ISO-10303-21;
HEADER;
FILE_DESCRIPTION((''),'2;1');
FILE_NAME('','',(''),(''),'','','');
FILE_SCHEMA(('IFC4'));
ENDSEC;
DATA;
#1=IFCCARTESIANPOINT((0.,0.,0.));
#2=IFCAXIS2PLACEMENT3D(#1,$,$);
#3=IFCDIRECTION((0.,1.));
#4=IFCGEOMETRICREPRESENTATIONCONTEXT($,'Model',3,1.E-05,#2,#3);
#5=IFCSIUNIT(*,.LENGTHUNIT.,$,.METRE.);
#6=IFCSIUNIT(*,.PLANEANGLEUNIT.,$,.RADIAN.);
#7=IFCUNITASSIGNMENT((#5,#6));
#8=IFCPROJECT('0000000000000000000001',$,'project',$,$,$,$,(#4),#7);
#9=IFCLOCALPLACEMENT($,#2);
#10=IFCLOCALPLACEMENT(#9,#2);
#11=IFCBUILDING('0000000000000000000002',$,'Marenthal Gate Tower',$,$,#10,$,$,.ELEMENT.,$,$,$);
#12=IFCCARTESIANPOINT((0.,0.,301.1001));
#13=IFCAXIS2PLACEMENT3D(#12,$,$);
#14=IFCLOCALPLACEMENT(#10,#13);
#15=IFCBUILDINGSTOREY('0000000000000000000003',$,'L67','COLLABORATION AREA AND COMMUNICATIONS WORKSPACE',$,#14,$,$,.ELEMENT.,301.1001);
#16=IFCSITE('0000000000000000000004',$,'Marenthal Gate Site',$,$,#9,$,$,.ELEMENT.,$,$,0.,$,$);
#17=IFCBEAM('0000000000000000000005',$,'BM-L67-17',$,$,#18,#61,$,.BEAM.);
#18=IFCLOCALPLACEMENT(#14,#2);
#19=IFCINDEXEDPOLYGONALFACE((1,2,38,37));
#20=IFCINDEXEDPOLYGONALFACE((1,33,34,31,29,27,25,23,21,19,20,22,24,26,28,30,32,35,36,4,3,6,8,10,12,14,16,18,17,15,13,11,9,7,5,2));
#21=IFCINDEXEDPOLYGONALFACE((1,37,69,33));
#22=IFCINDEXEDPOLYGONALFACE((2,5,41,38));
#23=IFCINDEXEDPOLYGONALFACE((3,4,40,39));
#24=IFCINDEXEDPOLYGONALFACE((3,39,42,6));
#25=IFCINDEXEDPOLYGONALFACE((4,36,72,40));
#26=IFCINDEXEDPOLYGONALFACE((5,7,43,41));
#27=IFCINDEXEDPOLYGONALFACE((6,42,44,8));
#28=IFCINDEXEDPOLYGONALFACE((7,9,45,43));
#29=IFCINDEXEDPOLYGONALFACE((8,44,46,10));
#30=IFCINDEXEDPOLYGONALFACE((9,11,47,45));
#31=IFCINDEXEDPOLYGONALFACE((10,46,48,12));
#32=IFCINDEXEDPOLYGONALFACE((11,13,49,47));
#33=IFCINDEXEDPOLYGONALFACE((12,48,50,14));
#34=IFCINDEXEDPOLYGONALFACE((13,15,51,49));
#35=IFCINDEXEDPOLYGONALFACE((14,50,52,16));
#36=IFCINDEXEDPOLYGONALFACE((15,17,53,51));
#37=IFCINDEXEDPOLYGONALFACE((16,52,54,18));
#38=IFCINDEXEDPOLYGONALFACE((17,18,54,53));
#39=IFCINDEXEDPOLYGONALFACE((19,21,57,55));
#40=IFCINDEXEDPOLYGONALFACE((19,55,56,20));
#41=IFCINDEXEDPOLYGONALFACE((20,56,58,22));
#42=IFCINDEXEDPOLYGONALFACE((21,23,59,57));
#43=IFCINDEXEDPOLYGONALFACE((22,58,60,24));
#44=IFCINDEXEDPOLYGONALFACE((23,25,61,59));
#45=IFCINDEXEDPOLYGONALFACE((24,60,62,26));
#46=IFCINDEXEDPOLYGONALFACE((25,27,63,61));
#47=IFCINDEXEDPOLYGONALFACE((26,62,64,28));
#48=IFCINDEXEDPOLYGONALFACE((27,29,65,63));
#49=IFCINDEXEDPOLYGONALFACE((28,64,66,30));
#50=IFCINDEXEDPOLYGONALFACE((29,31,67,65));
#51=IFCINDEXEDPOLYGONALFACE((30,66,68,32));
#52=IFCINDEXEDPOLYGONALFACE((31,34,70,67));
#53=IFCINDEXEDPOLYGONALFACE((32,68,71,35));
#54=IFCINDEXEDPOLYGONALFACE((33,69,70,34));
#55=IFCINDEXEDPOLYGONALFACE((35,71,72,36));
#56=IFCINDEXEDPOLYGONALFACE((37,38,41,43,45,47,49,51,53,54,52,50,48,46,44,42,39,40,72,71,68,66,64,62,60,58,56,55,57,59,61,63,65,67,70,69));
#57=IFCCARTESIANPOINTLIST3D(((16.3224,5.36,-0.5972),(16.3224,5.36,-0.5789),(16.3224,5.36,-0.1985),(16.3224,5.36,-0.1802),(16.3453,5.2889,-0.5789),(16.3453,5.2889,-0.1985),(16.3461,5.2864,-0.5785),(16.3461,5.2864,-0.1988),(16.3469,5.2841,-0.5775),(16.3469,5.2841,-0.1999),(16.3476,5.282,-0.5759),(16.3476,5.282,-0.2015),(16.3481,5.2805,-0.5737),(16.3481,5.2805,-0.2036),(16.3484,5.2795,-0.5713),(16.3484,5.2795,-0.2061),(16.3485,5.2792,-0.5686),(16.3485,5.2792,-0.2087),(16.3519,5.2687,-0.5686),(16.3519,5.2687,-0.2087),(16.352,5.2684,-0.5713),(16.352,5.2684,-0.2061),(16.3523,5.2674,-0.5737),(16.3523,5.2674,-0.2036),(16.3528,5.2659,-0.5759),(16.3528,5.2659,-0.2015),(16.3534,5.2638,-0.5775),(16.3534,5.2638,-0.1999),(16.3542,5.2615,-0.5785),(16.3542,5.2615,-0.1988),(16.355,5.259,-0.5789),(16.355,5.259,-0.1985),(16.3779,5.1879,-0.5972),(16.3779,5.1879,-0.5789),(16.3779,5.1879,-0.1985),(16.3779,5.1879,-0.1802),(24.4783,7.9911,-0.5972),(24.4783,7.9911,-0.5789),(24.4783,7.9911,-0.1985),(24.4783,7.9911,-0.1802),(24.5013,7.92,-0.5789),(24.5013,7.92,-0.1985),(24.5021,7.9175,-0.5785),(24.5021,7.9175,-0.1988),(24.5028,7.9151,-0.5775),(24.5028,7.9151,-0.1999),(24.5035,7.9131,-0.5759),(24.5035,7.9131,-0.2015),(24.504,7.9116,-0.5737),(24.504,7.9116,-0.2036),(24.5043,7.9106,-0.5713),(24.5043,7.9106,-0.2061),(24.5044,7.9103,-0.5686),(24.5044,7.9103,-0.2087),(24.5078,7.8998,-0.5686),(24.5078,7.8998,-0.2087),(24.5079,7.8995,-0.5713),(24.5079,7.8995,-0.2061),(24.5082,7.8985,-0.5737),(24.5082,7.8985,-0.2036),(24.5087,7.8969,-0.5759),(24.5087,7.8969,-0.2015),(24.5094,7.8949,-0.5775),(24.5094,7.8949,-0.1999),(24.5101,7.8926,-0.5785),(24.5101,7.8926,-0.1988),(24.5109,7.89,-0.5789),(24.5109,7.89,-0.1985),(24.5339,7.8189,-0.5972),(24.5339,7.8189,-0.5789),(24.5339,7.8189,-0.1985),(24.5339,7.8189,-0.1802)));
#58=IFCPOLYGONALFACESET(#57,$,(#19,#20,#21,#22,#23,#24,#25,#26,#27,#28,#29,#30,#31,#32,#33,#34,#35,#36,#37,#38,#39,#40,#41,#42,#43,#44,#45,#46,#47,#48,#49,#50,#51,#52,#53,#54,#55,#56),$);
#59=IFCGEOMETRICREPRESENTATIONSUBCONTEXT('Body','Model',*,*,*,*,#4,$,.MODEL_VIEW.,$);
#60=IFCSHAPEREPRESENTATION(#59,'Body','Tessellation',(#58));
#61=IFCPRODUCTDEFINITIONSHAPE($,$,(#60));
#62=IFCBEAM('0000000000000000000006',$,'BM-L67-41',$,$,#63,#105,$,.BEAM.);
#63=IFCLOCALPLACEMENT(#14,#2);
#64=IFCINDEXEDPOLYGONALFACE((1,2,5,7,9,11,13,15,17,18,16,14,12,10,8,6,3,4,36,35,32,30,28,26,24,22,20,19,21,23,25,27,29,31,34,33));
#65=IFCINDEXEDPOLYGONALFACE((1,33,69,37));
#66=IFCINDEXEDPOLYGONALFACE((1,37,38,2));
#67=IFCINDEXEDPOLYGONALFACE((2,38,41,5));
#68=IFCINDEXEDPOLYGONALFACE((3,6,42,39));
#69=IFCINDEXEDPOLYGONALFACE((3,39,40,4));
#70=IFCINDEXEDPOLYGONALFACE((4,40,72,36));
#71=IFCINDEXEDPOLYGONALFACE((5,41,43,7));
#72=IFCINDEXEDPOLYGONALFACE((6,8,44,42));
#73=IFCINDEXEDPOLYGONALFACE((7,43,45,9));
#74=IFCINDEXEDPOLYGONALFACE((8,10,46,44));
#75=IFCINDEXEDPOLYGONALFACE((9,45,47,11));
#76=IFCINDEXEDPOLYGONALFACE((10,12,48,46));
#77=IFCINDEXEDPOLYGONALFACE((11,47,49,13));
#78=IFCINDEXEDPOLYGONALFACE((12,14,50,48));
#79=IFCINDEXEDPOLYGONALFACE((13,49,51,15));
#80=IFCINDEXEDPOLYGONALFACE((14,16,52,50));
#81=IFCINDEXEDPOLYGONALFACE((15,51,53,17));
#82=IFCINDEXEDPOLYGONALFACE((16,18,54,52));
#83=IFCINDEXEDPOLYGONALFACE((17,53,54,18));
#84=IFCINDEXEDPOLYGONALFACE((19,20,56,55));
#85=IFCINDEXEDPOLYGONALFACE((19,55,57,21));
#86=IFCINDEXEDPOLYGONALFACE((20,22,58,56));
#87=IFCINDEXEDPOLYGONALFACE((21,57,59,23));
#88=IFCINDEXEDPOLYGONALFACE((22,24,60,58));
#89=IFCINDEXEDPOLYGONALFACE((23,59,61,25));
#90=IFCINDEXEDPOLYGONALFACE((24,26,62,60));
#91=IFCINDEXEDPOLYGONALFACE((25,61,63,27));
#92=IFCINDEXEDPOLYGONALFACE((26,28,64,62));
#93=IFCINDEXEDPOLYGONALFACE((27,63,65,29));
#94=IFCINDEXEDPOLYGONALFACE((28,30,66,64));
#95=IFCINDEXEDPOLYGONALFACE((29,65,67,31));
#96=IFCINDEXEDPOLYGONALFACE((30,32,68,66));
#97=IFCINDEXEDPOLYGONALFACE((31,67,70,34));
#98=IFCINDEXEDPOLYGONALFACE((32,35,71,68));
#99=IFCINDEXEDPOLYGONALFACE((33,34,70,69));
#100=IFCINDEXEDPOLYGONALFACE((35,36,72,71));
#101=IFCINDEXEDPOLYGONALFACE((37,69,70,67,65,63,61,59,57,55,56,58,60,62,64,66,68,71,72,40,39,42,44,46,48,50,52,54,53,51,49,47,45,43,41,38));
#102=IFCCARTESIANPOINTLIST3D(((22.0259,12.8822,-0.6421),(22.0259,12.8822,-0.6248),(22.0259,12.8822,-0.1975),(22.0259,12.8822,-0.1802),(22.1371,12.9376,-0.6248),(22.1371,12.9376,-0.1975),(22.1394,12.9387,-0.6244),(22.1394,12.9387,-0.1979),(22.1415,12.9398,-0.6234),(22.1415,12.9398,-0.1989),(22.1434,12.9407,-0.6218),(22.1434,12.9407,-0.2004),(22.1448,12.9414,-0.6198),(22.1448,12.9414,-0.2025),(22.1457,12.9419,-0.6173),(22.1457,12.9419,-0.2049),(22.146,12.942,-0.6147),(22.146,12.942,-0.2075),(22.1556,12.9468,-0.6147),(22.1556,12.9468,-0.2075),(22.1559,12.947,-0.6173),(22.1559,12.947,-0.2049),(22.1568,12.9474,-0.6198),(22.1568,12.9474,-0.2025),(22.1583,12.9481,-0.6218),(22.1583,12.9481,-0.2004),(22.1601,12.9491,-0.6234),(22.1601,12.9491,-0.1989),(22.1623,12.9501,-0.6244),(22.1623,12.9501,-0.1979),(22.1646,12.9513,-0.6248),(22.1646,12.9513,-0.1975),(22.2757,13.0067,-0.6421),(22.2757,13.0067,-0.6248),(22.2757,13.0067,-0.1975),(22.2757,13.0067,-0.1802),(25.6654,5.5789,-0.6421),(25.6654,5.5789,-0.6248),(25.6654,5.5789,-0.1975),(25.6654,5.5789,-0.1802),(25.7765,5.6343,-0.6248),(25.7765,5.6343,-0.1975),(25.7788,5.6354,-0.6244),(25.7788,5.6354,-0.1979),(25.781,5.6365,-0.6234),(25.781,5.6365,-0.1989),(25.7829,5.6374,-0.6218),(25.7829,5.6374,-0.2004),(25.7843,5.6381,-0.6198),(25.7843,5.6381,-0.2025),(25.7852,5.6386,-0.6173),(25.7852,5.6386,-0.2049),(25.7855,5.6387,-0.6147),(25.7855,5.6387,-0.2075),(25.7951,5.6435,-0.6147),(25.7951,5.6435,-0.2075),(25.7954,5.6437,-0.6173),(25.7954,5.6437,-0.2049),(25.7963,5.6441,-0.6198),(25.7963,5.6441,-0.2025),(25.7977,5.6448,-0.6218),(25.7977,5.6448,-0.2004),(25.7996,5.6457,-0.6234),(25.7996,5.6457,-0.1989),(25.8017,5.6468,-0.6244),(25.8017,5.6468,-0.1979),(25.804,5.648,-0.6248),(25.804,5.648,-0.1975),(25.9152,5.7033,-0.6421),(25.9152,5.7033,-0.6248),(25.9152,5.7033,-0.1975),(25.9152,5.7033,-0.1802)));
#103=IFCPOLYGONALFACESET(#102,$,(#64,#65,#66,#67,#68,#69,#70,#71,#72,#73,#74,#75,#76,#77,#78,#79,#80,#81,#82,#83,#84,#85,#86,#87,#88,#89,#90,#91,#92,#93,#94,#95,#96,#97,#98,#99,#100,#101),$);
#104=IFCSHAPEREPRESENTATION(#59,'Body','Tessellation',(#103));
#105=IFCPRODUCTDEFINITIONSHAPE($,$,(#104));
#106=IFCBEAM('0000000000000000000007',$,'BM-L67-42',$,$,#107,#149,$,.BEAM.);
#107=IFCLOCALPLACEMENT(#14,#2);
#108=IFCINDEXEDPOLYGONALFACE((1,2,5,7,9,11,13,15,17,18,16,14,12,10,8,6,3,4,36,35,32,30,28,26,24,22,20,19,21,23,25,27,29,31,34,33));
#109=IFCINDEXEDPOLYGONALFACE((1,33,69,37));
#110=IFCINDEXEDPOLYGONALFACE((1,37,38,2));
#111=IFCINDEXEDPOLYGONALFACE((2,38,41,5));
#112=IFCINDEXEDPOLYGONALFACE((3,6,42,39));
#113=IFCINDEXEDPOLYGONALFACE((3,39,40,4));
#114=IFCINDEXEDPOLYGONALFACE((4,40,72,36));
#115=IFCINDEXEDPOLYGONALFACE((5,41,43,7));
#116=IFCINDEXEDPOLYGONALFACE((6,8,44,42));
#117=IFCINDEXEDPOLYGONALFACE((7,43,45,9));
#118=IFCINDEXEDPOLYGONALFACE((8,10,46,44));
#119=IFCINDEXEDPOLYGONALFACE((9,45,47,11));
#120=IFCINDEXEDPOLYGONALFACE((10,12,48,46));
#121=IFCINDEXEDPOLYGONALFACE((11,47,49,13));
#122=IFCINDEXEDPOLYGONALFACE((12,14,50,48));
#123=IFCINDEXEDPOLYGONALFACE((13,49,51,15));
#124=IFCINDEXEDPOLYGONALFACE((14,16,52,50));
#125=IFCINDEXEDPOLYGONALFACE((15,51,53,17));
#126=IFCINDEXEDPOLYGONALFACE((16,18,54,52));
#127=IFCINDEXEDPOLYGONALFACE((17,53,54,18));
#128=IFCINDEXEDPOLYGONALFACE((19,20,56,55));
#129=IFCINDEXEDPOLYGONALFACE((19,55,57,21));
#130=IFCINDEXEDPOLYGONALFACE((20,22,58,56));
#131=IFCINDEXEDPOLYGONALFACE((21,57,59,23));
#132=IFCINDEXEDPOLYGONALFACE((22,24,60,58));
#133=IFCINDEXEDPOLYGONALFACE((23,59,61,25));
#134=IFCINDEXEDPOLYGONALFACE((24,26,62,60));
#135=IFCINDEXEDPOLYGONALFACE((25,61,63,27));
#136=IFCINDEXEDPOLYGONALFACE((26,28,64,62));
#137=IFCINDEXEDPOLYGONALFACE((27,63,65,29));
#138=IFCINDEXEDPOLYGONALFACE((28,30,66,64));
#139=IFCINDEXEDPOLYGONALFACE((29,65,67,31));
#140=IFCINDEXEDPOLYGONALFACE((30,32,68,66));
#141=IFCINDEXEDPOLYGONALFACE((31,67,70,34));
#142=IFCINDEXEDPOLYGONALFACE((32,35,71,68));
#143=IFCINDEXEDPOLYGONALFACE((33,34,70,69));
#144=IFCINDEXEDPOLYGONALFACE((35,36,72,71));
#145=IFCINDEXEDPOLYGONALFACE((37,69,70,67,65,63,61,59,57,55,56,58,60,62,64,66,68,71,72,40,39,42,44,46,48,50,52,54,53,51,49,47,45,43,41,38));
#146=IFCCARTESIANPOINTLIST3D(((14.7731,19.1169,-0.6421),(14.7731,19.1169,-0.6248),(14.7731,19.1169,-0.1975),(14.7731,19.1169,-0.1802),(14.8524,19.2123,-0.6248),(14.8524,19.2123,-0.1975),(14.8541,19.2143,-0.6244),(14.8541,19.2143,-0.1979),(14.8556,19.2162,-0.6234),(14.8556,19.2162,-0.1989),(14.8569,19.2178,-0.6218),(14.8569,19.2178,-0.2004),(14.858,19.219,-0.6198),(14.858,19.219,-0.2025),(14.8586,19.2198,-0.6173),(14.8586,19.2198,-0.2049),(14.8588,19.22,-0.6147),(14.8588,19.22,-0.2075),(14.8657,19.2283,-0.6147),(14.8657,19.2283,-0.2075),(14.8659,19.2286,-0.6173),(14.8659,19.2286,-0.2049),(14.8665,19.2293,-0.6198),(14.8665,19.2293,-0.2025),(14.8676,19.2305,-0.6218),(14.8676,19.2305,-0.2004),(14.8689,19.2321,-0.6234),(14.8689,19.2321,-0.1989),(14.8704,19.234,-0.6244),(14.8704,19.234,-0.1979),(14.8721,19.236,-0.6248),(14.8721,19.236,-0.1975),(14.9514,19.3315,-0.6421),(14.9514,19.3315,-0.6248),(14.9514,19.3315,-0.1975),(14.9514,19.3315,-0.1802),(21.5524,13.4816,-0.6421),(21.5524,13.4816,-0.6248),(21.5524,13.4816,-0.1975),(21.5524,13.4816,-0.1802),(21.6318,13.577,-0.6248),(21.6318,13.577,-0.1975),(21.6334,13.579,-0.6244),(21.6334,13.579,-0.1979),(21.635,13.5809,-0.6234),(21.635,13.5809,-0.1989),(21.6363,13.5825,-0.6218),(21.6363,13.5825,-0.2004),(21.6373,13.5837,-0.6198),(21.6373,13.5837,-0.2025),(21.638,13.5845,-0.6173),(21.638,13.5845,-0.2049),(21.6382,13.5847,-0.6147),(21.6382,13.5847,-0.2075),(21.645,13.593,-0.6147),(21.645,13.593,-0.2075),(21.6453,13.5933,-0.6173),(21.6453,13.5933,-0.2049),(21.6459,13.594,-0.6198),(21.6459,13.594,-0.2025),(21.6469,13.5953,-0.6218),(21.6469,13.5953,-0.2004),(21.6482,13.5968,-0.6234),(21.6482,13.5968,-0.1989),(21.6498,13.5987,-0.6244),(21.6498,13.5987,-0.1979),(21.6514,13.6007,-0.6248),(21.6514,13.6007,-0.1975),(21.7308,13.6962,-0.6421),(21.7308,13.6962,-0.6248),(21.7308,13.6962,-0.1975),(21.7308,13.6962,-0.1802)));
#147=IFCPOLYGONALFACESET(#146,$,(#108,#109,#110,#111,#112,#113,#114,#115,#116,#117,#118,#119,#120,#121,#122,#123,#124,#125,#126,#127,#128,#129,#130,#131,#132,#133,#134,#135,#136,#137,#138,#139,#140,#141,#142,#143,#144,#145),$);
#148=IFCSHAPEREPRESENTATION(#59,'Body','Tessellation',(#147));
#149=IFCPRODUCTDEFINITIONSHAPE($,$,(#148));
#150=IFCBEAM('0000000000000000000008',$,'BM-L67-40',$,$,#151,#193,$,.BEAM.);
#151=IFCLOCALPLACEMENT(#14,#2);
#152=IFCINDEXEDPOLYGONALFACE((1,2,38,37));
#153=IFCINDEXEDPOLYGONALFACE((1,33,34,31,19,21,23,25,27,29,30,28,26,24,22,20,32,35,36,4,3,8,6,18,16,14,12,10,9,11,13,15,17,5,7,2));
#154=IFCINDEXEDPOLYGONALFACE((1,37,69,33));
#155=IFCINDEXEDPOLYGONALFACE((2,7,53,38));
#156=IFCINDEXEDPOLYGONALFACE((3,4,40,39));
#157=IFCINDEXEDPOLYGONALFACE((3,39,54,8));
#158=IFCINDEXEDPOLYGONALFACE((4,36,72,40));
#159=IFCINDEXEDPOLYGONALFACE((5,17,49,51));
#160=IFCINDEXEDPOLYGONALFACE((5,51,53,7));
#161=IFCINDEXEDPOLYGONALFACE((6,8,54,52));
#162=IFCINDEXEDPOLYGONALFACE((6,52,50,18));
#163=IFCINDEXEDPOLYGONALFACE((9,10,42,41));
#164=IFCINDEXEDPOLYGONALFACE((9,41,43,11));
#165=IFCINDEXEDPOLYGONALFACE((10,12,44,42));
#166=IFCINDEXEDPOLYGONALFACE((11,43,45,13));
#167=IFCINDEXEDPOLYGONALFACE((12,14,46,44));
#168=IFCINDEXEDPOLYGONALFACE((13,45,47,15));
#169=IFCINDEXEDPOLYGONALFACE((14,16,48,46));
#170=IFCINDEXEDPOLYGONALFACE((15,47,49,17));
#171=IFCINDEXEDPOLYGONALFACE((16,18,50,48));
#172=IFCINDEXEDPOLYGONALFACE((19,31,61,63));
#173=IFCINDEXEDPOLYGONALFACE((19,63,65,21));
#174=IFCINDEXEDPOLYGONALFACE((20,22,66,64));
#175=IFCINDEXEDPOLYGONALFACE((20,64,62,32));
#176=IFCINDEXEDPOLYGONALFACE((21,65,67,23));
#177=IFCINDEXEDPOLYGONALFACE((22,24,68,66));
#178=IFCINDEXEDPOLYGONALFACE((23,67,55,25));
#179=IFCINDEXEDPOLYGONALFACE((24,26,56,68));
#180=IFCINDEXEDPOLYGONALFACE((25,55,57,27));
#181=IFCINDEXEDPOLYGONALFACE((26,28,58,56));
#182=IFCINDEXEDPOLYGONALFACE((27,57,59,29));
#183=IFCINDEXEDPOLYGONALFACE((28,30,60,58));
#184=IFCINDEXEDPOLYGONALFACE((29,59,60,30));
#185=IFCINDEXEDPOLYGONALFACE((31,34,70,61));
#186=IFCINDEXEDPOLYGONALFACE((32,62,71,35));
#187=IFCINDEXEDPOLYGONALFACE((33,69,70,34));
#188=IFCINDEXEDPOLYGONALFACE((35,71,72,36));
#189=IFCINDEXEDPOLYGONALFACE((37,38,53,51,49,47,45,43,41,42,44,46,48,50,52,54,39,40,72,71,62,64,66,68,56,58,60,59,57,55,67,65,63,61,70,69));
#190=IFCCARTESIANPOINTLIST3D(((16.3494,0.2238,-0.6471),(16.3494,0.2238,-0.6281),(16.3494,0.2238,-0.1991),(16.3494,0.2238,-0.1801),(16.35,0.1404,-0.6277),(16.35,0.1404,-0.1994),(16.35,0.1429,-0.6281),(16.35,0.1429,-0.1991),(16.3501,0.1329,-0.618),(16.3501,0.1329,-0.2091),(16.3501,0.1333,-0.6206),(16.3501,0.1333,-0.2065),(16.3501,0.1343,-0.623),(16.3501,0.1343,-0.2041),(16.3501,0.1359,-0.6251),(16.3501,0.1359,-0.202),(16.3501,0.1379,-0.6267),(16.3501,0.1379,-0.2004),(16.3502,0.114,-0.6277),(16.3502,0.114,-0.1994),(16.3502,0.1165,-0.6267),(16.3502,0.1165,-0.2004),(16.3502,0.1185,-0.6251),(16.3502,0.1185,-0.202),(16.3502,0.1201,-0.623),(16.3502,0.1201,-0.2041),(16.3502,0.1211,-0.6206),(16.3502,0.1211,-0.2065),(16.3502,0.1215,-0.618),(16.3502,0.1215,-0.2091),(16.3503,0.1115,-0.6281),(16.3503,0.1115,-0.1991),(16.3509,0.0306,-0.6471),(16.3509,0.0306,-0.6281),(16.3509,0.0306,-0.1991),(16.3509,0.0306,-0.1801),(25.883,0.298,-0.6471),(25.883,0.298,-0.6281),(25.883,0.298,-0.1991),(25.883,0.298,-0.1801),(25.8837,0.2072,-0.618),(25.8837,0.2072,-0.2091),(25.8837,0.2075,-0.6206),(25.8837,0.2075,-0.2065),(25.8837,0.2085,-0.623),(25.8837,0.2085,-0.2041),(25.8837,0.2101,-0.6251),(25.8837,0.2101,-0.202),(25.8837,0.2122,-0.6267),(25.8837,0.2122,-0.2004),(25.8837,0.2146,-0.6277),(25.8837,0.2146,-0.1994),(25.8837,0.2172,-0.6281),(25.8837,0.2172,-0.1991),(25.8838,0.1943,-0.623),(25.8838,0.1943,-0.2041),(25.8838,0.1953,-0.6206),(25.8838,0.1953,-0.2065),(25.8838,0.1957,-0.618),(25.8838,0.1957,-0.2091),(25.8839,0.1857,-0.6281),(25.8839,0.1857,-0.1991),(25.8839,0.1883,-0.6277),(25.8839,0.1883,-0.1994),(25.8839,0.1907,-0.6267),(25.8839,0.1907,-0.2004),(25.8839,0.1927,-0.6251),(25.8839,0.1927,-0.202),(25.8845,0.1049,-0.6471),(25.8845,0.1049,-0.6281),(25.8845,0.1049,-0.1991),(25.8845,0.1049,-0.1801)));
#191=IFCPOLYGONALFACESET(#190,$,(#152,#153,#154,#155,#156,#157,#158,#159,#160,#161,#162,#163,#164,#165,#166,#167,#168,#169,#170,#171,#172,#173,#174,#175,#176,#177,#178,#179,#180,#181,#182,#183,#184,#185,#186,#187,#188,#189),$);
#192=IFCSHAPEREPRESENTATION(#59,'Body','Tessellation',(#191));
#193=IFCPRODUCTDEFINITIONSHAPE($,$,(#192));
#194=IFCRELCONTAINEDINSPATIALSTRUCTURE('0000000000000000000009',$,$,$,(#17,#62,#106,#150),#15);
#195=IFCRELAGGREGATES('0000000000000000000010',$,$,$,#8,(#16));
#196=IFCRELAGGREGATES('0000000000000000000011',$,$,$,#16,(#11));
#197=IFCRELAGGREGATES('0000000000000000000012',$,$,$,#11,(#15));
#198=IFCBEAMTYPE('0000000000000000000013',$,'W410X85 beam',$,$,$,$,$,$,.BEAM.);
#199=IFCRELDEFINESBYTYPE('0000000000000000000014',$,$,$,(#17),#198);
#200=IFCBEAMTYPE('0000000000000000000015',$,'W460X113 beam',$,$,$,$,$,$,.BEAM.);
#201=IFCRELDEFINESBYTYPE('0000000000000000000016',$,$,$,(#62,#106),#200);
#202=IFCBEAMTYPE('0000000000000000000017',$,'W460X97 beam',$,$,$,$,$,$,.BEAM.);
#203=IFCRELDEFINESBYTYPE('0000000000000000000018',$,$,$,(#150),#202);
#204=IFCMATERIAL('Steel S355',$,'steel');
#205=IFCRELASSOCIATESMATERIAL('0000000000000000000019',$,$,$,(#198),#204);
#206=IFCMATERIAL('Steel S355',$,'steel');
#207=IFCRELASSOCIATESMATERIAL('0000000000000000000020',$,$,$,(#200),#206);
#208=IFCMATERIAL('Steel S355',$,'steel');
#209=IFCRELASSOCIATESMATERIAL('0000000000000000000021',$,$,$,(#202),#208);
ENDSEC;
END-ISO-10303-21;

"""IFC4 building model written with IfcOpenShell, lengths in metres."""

from ifc_helpers import new_model, si_unit, direction, frame, origin, origin_2d, place, context, subcontext, project, spatial, i_section, extrude, material, material_profile, profile_set, type_object, element, save


model = new_model("IFC4")

# Units and contexts
model_context = context("Model", 3, precision=1e-05, world=origin(), true_north=direction((0.0, 1.0)))
body_context = subcontext(model_context, "Body", "Model", "MODEL_VIEW")
ifc_project = project(units=[si_unit("LENGTHUNIT", "METRE"), si_unit("PLANEANGLEUNIT", "RADIAN")], contexts=[model_context])

# Site, building, storey
site_placement = place(None, origin())
site = spatial("IfcSite", under=ifc_project, at=site_placement, Name="Marenthal Gate Site", CompositionType="ELEMENT", RefElevation=0.0)
building_placement = place(site_placement, origin())
building = spatial("IfcBuilding", under=site, at=building_placement, Name="Marenthal Gate Tower", CompositionType="ELEMENT")
storey_placement = place(building_placement, frame((0.0, 0.0, 301.1001)))
storey = spatial("IfcBuildingStorey", under=building, at=storey_placement, Name="L67", Description="COLLABORATION AREA AND COMMUNICATIONS WORKSPACE", CompositionType="ELEMENT", Elevation=301.1001)

# Beams
ifc_material_1 = material(Name="Steel S355", Category="steel")
ifc_material_profile_1 = material_profile(ifc_material_1, i_section(OverallWidth=0.1809, OverallDepth=0.417, WebThickness=0.011, FlangeThickness=0.0183, FilletRadius=0.0103, at=origin_2d()), Name="W410X85")
ifc_profile_set_1 = profile_set([ifc_material_profile_1], Name="Steel S355")
beam_type_1 = type_object("IfcBeamType", Name="W410X85 beam", PredefinedType="BEAM", material=ifc_profile_set_1)
beam_1_placement = place(storey_placement, frame((24.5061, 7.905, -0.3887), z_axis=(-0.951704, -0.307017, 0.0), x_axis=(0.307017, -0.951704, 0.0)))
element("IfcBeam", 1, at=beam_1_placement, inside=storey, type_object=beam_type_1, Name="BM-L67-17", PredefinedType="BEAM", context=body_context, shape_type="SweptSolid", body=[
    extrude(i_section(OverallWidth=0.1809, OverallDepth=0.417, WebThickness=0.011, FlangeThickness=0.0183, FilletRadius=0.0103, at=origin_2d()), origin(), (0.0, 0.0, 1.0), 8.5698),
])
ifc_material_2 = material(Name="Steel S355", Category="steel")
ifc_material_profile_2 = material_profile(ifc_material_2, i_section(OverallWidth=0.2791, OverallDepth=0.4619, WebThickness=0.0107, FlangeThickness=0.0173, FilletRadius=0.01, at=origin_2d()), Name="W460X113")
ifc_profile_set_2 = profile_set([ifc_material_profile_2], Name="Steel S355")
beam_type_2 = type_object("IfcBeamType", Name="W460X113 beam", PredefinedType="BEAM", material=ifc_profile_set_2)
beam_2_placement = place(storey_placement, frame((25.7903, 5.6411, -0.4111), z_axis=(-0.446016, 0.895025, 0.0), x_axis=(-0.895025, -0.446016, 0.0)))
element("IfcBeam", 2, at=beam_2_placement, inside=storey, type_object=beam_type_2, Name="BM-L67-41", PredefinedType="BEAM", context=body_context, shape_type="SweptSolid", body=[
    extrude(i_section(OverallWidth=0.2791, OverallDepth=0.4619, WebThickness=0.0107, FlangeThickness=0.0173, FilletRadius=0.01, at=origin_2d()), origin(), (0.0, 0.0, 1.0), 8.1599),
])
beam_3_placement = place(storey_placement, frame((21.6416, 13.5889, -0.4111), z_axis=(-0.769011, 0.639236, 0.0), x_axis=(-0.639236, -0.769011, 0.0)))
element("IfcBeam", 3, at=beam_3_placement, inside=storey, type_object=beam_type_2, Name="BM-L67-42", PredefinedType="BEAM", context=body_context, shape_type="SweptSolid", body=[
    extrude(i_section(OverallWidth=0.2791, OverallDepth=0.4619, WebThickness=0.0107, FlangeThickness=0.0173, FilletRadius=0.01, at=origin_2d()), origin(), (0.0, 0.0, 1.0), 8.8157),
])
ifc_material_3 = material(Name="Steel S355", Category="steel")
ifc_material_profile_3 = material_profile(ifc_material_3, i_section(OverallWidth=0.1931, OverallDepth=0.467, WebThickness=0.0115, FlangeThickness=0.019, FilletRadius=0.01, at=origin_2d()), Name="W460X97")
ifc_profile_set_3 = profile_set([ifc_material_profile_3], Name="Steel S355")
beam_type_3 = type_object("IfcBeamType", Name="W460X97 beam", PredefinedType="BEAM", material=ifc_profile_set_3)
beam_4_placement = place(storey_placement, frame((25.8838, 0.2014, -0.4136), z_axis=(-0.99997, -0.007785, 0.0), x_axis=(0.007785, -0.99997, 0.0)))
element("IfcBeam", 4, at=beam_4_placement, inside=storey, type_object=beam_type_3, Name="BM-L67-40", PredefinedType="BEAM", context=body_context, shape_type="SweptSolid", body=[
    extrude(i_section(OverallWidth=0.1931, OverallDepth=0.467, WebThickness=0.0115, FlangeThickness=0.019, FilletRadius=0.01, at=origin_2d()), origin(), (0.0, 0.0, 1.0), 9.5339),
])

save(model, "model.ifc")
